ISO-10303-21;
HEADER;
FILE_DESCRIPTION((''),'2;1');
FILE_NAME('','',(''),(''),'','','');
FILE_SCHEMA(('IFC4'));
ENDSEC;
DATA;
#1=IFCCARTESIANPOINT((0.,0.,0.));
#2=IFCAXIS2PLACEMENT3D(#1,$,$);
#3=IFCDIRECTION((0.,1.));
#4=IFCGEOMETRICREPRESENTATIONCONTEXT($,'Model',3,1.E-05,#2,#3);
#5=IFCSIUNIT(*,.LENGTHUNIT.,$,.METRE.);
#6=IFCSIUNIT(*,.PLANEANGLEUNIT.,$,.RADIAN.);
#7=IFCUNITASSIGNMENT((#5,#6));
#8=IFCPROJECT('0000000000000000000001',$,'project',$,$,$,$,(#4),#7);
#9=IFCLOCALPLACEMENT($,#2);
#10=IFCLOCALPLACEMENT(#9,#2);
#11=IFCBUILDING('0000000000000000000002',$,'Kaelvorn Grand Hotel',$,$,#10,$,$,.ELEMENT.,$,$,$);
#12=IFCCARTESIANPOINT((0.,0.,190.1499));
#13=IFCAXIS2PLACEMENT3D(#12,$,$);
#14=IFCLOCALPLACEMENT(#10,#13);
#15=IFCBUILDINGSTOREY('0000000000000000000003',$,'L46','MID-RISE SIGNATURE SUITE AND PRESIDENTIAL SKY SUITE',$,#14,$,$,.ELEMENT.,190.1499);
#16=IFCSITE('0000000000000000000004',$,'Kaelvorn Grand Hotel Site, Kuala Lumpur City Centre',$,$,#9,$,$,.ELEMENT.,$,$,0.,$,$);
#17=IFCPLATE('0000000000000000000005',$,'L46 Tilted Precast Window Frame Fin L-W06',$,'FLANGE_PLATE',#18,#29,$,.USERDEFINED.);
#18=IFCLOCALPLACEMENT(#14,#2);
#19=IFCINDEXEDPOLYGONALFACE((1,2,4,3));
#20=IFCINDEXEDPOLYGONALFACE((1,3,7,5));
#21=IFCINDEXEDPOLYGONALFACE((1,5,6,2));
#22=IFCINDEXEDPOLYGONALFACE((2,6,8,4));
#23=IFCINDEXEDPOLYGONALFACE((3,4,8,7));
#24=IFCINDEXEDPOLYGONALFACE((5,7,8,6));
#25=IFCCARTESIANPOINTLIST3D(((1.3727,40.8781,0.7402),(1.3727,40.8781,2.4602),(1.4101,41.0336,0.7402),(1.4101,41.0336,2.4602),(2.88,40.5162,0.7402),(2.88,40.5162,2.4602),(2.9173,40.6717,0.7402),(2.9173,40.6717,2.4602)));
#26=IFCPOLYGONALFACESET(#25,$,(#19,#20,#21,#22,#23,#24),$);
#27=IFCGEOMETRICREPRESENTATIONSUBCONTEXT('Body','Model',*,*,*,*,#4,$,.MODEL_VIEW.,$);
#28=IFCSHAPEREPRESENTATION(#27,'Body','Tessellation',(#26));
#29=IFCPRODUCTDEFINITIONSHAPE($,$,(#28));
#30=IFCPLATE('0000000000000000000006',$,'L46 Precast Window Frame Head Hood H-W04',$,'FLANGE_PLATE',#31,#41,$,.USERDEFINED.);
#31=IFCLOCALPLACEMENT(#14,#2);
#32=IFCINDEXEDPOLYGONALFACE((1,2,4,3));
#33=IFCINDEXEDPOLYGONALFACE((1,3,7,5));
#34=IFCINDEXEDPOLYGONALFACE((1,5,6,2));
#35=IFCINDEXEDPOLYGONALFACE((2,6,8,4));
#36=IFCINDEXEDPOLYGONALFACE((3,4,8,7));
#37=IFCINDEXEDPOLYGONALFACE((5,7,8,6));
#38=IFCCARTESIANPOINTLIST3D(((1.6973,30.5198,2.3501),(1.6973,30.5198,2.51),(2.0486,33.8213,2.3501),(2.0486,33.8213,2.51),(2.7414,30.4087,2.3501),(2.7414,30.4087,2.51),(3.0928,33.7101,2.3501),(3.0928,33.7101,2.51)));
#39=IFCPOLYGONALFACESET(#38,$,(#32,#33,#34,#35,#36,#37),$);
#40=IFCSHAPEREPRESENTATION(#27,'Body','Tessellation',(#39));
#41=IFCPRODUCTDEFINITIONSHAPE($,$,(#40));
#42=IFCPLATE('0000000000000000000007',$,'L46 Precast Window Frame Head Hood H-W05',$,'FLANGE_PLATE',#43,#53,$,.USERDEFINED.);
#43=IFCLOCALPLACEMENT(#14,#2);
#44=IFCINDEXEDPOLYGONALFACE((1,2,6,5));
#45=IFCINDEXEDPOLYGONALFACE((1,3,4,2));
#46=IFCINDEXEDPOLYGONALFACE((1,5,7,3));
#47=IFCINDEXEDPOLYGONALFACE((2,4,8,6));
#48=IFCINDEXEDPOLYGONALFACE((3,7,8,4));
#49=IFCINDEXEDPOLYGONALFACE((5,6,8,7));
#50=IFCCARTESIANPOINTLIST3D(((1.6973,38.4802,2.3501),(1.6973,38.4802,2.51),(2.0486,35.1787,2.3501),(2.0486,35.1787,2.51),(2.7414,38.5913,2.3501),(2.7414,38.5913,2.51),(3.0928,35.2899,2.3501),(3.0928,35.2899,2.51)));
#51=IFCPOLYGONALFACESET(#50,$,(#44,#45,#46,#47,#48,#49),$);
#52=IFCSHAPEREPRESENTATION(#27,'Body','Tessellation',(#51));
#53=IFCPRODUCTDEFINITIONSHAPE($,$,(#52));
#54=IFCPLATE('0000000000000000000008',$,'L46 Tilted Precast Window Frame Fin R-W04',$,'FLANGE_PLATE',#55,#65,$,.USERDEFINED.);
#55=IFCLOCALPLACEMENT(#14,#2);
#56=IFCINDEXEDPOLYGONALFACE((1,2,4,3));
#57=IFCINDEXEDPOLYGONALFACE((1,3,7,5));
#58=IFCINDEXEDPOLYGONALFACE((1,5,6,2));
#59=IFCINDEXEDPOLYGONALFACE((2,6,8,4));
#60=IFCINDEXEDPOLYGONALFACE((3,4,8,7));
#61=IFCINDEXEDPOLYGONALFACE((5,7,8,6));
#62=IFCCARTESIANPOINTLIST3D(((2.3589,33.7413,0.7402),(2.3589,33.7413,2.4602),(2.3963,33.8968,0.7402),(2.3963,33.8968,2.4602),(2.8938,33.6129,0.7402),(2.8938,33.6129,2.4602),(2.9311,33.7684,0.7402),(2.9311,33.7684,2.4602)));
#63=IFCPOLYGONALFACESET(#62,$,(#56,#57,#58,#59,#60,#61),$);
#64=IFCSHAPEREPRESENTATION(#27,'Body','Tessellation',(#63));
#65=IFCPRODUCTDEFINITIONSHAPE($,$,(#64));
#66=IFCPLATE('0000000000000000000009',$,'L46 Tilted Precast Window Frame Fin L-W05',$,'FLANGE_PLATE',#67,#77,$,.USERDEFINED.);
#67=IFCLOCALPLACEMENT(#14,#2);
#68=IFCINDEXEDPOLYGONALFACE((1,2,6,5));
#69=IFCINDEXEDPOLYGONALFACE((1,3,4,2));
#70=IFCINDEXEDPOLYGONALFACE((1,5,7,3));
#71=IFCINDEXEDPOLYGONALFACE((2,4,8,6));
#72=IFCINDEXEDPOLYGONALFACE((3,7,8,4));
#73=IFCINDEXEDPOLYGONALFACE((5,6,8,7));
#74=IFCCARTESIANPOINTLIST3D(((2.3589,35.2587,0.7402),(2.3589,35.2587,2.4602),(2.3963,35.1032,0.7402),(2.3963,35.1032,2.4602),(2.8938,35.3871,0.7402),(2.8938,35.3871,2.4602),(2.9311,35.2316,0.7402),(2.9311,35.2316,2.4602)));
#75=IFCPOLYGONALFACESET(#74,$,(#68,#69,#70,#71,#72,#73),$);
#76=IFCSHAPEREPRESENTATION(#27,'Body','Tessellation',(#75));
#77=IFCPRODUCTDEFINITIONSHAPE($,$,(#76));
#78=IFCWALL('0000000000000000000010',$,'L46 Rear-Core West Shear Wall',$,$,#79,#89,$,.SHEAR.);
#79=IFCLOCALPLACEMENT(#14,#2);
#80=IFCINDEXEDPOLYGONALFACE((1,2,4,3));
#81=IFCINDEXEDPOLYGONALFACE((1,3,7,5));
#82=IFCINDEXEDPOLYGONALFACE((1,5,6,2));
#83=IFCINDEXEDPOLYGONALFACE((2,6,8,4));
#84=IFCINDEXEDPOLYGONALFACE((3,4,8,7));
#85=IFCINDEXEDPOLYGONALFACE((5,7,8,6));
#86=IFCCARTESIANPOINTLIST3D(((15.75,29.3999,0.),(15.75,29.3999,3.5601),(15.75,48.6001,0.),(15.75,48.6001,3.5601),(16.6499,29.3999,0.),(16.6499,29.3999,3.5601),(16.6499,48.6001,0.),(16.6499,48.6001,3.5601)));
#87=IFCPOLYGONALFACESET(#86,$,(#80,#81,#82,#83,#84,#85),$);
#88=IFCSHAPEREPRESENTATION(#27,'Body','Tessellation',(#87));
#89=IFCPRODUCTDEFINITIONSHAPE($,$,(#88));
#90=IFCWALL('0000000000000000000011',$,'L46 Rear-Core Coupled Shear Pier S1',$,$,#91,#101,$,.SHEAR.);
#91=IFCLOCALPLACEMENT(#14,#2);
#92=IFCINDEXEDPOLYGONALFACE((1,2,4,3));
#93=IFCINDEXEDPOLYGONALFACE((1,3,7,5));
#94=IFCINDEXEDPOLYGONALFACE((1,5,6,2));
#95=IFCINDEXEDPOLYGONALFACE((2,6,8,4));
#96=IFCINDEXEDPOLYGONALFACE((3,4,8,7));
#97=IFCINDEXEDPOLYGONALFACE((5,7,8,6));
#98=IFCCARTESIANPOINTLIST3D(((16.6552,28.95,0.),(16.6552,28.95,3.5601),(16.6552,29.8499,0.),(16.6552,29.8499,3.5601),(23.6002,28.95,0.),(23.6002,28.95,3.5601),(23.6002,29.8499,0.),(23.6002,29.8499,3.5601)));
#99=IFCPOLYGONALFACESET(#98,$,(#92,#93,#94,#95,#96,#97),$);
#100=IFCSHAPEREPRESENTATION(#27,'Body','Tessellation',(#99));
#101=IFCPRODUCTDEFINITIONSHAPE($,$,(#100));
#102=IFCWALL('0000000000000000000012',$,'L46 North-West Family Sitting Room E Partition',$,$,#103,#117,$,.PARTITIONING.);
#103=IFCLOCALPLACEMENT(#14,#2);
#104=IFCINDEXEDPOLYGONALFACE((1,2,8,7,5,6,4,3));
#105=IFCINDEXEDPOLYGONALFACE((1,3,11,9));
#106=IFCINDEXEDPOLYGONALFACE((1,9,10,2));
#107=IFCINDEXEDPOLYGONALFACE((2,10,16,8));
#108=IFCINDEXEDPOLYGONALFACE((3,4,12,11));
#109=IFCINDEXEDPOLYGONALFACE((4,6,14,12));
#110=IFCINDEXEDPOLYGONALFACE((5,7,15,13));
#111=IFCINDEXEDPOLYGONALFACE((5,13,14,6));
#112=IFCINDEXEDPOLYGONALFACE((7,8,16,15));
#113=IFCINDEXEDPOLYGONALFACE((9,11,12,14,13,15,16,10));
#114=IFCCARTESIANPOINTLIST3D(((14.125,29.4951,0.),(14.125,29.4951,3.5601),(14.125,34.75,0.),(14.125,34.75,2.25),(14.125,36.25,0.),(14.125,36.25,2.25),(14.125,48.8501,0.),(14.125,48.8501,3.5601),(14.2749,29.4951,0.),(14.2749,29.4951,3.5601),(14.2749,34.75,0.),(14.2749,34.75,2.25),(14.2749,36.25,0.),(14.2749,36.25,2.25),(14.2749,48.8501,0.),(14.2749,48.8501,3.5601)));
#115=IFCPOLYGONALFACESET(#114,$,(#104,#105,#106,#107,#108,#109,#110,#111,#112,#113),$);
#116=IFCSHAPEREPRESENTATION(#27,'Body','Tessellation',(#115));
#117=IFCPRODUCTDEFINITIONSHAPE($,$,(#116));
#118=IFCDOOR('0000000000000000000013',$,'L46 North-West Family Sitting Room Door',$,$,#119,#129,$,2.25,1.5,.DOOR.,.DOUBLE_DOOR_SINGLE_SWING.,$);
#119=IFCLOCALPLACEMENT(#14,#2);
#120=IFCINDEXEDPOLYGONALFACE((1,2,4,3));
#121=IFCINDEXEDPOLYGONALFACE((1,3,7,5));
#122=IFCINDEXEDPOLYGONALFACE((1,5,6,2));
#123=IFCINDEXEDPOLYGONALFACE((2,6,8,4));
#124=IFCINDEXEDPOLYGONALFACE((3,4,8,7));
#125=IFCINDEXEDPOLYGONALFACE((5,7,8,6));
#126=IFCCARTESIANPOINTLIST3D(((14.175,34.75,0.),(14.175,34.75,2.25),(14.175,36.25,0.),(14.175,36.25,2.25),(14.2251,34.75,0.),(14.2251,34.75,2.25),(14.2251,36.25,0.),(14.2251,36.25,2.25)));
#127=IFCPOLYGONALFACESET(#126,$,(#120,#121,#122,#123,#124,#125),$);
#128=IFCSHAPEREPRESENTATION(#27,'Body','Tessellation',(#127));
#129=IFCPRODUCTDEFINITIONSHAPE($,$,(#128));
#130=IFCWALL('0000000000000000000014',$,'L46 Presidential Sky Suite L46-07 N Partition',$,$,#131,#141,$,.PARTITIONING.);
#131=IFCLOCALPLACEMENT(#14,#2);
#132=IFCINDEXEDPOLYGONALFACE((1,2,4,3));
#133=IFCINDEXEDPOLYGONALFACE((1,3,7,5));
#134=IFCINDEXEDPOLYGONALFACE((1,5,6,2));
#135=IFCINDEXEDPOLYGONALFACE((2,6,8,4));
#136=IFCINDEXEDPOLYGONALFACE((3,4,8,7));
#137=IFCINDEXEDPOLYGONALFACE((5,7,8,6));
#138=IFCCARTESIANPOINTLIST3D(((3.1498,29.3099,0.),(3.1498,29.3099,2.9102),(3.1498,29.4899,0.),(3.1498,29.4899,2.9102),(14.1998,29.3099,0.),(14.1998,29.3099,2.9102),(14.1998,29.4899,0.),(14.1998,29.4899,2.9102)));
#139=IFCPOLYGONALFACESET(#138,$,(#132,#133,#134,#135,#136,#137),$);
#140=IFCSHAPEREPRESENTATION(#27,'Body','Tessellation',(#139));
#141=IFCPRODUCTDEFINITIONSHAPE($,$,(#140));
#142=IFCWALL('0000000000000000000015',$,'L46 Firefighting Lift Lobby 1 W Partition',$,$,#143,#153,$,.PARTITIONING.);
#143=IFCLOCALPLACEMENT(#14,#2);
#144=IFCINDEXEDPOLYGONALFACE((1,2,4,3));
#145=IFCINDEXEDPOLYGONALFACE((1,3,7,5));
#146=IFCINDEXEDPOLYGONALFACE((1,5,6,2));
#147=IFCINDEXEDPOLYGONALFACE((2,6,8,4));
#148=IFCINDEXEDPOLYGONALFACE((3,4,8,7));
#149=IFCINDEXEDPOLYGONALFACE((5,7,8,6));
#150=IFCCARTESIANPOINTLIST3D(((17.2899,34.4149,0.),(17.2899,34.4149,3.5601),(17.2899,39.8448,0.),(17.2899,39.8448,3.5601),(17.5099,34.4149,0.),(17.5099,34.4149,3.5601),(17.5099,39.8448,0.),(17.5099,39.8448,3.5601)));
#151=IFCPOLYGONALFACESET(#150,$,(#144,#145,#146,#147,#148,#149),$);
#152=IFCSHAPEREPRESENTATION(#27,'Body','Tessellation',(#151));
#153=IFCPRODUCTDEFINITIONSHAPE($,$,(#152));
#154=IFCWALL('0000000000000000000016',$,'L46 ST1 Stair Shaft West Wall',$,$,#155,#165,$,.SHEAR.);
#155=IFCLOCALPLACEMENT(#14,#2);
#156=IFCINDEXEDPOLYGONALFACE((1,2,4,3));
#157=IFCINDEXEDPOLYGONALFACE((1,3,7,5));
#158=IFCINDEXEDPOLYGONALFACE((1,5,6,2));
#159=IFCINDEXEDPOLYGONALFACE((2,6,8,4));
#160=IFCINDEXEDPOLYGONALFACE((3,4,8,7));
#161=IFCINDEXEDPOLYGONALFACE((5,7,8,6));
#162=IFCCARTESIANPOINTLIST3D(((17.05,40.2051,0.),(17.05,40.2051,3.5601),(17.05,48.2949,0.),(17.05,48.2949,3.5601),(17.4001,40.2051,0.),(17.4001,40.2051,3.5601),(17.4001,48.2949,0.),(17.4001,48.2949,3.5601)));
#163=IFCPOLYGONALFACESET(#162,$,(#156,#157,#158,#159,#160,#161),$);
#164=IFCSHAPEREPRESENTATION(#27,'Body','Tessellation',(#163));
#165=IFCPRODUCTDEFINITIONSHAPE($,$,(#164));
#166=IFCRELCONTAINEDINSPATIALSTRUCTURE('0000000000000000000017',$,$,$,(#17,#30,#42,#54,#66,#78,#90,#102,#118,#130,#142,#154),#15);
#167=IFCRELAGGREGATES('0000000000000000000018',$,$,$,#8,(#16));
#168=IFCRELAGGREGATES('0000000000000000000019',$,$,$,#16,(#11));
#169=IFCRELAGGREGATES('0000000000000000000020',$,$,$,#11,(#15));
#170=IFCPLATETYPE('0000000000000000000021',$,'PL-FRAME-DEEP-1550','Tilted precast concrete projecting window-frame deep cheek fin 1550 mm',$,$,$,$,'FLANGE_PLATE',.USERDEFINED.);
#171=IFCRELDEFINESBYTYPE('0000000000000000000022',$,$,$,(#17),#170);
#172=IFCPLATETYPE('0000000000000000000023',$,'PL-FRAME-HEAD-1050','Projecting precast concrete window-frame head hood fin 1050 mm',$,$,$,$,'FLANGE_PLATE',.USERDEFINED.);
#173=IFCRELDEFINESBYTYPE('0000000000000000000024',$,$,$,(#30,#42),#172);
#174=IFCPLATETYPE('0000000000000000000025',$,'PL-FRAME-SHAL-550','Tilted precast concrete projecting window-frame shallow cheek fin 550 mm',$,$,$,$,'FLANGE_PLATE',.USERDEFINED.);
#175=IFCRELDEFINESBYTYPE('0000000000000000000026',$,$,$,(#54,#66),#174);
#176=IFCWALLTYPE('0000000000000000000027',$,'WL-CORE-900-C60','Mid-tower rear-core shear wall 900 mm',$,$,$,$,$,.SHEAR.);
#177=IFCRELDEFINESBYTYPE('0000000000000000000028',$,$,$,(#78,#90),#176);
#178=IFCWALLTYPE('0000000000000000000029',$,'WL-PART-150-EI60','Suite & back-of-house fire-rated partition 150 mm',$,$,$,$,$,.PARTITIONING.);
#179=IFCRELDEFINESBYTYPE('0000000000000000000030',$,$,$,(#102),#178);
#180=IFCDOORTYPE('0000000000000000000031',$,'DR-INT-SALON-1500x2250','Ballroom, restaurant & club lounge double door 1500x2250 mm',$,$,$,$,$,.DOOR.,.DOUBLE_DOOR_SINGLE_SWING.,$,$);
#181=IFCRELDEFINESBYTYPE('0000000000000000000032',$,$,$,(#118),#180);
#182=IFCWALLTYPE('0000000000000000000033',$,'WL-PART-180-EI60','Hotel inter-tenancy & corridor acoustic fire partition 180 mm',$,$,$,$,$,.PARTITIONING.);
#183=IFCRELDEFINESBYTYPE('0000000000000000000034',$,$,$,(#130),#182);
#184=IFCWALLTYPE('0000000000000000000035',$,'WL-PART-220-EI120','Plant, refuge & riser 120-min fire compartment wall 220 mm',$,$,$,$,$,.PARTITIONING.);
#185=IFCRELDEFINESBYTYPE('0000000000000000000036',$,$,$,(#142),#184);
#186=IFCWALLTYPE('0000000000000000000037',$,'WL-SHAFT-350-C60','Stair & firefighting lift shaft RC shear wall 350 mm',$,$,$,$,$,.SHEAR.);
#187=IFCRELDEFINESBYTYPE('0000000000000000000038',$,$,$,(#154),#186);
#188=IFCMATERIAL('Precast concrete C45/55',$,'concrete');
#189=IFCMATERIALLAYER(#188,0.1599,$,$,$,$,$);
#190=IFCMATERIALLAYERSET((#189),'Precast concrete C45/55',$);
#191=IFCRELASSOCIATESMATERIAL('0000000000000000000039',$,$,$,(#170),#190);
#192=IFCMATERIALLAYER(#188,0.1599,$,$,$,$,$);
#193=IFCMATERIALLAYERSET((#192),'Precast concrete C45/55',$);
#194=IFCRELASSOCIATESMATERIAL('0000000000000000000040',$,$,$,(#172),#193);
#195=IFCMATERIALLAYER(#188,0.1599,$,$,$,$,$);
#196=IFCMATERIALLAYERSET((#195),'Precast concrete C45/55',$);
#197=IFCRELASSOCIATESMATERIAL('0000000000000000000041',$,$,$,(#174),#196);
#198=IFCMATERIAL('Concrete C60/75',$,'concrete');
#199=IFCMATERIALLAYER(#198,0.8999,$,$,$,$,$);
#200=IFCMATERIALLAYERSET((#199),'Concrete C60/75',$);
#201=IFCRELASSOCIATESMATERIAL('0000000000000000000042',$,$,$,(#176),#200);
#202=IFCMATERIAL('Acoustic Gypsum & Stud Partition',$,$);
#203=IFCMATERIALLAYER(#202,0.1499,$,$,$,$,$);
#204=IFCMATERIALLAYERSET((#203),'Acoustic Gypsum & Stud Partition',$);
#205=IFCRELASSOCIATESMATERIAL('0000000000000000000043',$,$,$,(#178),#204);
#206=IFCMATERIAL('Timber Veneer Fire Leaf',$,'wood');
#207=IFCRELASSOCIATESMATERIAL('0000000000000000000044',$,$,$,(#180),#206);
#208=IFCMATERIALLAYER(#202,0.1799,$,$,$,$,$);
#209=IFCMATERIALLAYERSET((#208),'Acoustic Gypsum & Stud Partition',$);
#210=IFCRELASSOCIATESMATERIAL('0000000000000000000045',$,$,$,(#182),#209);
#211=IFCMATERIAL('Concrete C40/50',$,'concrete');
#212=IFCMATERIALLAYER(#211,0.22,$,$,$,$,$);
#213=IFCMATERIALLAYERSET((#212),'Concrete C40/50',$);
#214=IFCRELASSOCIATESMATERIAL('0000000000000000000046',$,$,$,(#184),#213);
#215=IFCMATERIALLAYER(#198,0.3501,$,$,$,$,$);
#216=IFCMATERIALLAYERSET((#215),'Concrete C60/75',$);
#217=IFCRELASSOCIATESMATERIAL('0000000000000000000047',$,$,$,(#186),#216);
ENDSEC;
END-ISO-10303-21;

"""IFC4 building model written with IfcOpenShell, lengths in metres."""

from ifc_helpers import new_model, si_unit, direction, frame, frame_2d, origin, origin_2d, place, context, subcontext, project, spatial, rectangle, extrude, material, layer, layer_set, type_object, element, fill, save


model = new_model("IFC4")

# Units and contexts
model_context = context("Model", 3, precision=1e-05, world=origin(), true_north=direction((0.0, 1.0)))
body_context = subcontext(model_context, "Body", "Model", "MODEL_VIEW")
ifc_project = project(units=[si_unit("LENGTHUNIT", "METRE"), si_unit("PLANEANGLEUNIT", "RADIAN")], contexts=[model_context])

# Site, building, storey
site_placement = place(None, origin())
site = spatial("IfcSite", under=ifc_project, at=site_placement, Name="Kaelvorn Grand Hotel Site, Kuala Lumpur City Centre", CompositionType="ELEMENT", RefElevation=0.0)
building_placement = place(site_placement, origin())
building = spatial("IfcBuilding", under=site, at=building_placement, Name="Kaelvorn Grand Hotel", CompositionType="ELEMENT")
storey_placement = place(building_placement, frame((0.0, 0.0, 190.1499)))
storey = spatial("IfcBuildingStorey", under=building, at=storey_placement, Name="L46", Description="MID-RISE SIGNATURE SUITE AND PRESIDENTIAL SKY SUITE", CompositionType="ELEMENT", Elevation=190.1499)

# Shared definitions
ifc_material_1 = material(Name="Concrete C60/75", Category="concrete")

# Plates
ifc_material_2 = material(Name="Precast concrete C45/55", Category="concrete")
ifc_layer_1 = layer(ifc_material_2, 0.1599)
ifc_layer_set_1 = layer_set([ifc_layer_1], Name="Precast concrete C45/55")
plate_type_1 = type_object("IfcPlateType", Name="PL-FRAME-DEEP-1550", Description="Tilted precast concrete projecting window-frame deep cheek fin 1550 mm", ElementType="FLANGE_PLATE", PredefinedType="USERDEFINED", material=ifc_layer_set_1)
for number, where, z_axis, x_axis, name in (
    (1, (2.145, 40.7749, 0.7402), (0.0, 0.0, 1.0), (0.233445, 0.97237, 0.0), "L46 Tilted Precast Window Frame Fin L-W06"),
):
    element("IfcPlate", number, at=place(storey_placement, frame(where, z_axis=z_axis, x_axis=x_axis)), inside=storey, type_object=plate_type_1, Name=name, ObjectType="FLANGE_PLATE", PredefinedType="USERDEFINED", context=body_context, shape_type="SweptSolid", body=[
        extrude(rectangle(XDim=0.1599, YDim=1.55, at=origin_2d()), origin(), (0.0, 0.0, 1.0), 1.72),
    ])
ifc_layer_2 = layer(ifc_material_2, 0.1599)
ifc_layer_set_2 = layer_set([ifc_layer_2], Name="Precast concrete C45/55")
plate_type_2 = type_object("IfcPlateType", Name="PL-FRAME-HEAD-1050", Description="Projecting precast concrete window-frame head hood fin 1050 mm", ElementType="FLANGE_PLATE", PredefinedType="USERDEFINED", material=ifc_layer_set_2)
for number, where, z_axis, x_axis, name in (
    (2, (2.395, 32.115, 2.3501), (0.0, 0.0, 1.0), (0.10583, 0.994384, 0.0), "L46 Precast Window Frame Head Hood H-W04"),
    (3, (2.395, 36.885, 2.3501), (0.0, 0.0, 1.0), (-0.10583, 0.994384, 0.0), "L46 Precast Window Frame Head Hood H-W05"),
):
    element("IfcPlate", number, at=place(storey_placement, frame(where, z_axis=z_axis, x_axis=x_axis)), inside=storey, type_object=plate_type_2, Name=name, ObjectType="FLANGE_PLATE", PredefinedType="USERDEFINED", context=body_context, shape_type="SweptSolid", body=[
        extrude(rectangle(XDim=3.3201, YDim=1.05, at=origin_2d()), origin(), (0.0, 0.0, 1.0), 0.1599),
    ])
ifc_layer_3 = layer(ifc_material_2, 0.1599)
ifc_layer_set_3 = layer_set([ifc_layer_3], Name="Precast concrete C45/55")
plate_type_3 = type_object("IfcPlateType", Name="PL-FRAME-SHAL-550", Description="Tilted precast concrete projecting window-frame shallow cheek fin 550 mm", ElementType="FLANGE_PLATE", PredefinedType="USERDEFINED", material=ifc_layer_set_3)
for number, where, z_axis, x_axis, name in (
    (4, (2.645, 33.7549, 0.7402), (0.0, 0.0, 1.0), (0.233445, 0.97237, 0.0), "L46 Tilted Precast Window Frame Fin R-W04"),
    (5, (2.645, 35.2451, 0.7402), (0.0, 0.0, 1.0), (-0.233445, 0.97237, 0.0), "L46 Tilted Precast Window Frame Fin L-W05"),
):
    element("IfcPlate", number, at=place(storey_placement, frame(where, z_axis=z_axis, x_axis=x_axis)), inside=storey, type_object=plate_type_3, Name=name, ObjectType="FLANGE_PLATE", PredefinedType="USERDEFINED", context=body_context, shape_type="SweptSolid", body=[
        extrude(rectangle(XDim=0.1599, YDim=0.55, at=origin_2d()), origin(), (0.0, 0.0, 1.0), 1.72),
    ])

# Walls
ifc_layer_4 = layer(ifc_material_1, 0.8999)
ifc_layer_set_4 = layer_set([ifc_layer_4], Name="Concrete C60/75")
wall_type_1 = type_object("IfcWallType", Name="WL-CORE-900-C60", Description="Mid-tower rear-core shear wall 900 mm", PredefinedType="SHEAR", material=ifc_layer_set_4)
wall_1_placement = place(storey_placement, frame((16.2, 29.3999, 0.0), z_axis=(0.0, 0.0, 1.0), x_axis=(0.0, 1.0, 0.0)))
element("IfcWall", 6, at=wall_1_placement, inside=storey, type_object=wall_type_1, Name="L46 Rear-Core West Shear Wall", PredefinedType="SHEAR", context=body_context, shape_type="SweptSolid", body=[
    extrude(rectangle(XDim=19.2002, YDim=0.8999, at=frame_2d((9.6001, 0.0))), origin(), (0.0, 0.0, 1.0), 3.5601),
])
wall_2_placement = place(storey_placement, frame((16.655, 29.3999, 0.0), z_axis=(0.0, 0.0, 1.0), x_axis=(1.0, 0.0, 0.0)))
element("IfcWall", 7, at=wall_2_placement, inside=storey, type_object=wall_type_1, Name="L46 Rear-Core Coupled Shear Pier S1", PredefinedType="SHEAR", context=body_context, shape_type="SweptSolid", body=[
    extrude(rectangle(XDim=6.9451, YDim=0.8999, at=frame_2d((3.4727, 0.0))), origin(), (0.0, 0.0, 1.0), 3.5601),
])

# Wall, opening, door
ifc_material_3 = material(Name="Acoustic Gypsum & Stud Partition")
ifc_layer_5 = layer(ifc_material_3, 0.1499)
ifc_layer_set_5 = layer_set([ifc_layer_5], Name="Acoustic Gypsum & Stud Partition")
wall_type_2 = type_object("IfcWallType", Name="WL-PART-150-EI60", Description="Suite & back-of-house fire-rated partition 150 mm", PredefinedType="PARTITIONING", material=ifc_layer_set_5)
wall_3_placement = place(storey_placement, frame((14.2, 29.4951, 0.0), z_axis=(0.0, 0.0, 1.0), x_axis=(0.0, 1.0, 0.0)))
wall_3 = element("IfcWall", 8, at=wall_3_placement, inside=storey, type_object=wall_type_2, Name="L46 North-West Family Sitting Room E Partition", PredefinedType="PARTITIONING", context=body_context, shape_type="SweptSolid", body=[
    extrude(rectangle(XDim=19.355, YDim=0.1499, at=frame_2d((9.6775, 0.0))), origin(), (0.0, 0.0, 1.0), 3.5601),
])
opening_1_placement = place(wall_3_placement, frame((5.2549, 0.0, 0.0)))
opening_1 = element("IfcOpeningElement", 9, at=opening_1_placement, cuts=wall_3, PredefinedType="OPENING", context=body_context, shape_type="SweptSolid", body=[
    extrude(rectangle(XDim=1.5, YDim=2.25, at=frame_2d((0.75, 1.125))), frame((0.0, 0.085, 0.0), z_axis=(0.0, -1.0, 0.0), x_axis=(1.0, 0.0, 0.0)), (0.0, 0.0, 1.0), 0.1699),
])
ifc_material_4 = material(Name="Timber Veneer Fire Leaf", Category="wood")
door_type_1 = type_object("IfcDoorType", Name="DR-INT-SALON-1500x2250", Description="Ballroom, restaurant & club lounge double door 1500x2250 mm", OperationType="DOUBLE_DOOR_SINGLE_SWING", PredefinedType="DOOR", material=ifc_material_4)
door_1_placement = place(opening_1_placement, origin())
door_1 = element("IfcDoor", 10, at=door_1_placement, inside=storey, type_object=door_type_1, Name="L46 North-West Family Sitting Room Door", OperationType="DOUBLE_DOOR_SINGLE_SWING", OverallHeight=2.25, OverallWidth=1.5, PredefinedType="DOOR", context=body_context, shape_type="SweptSolid", body=[
    extrude(rectangle(XDim=1.5, YDim=2.25, at=frame_2d((0.75, 1.125))), frame((0.0, 0.0249, 0.0), z_axis=(0.0, -1.0, 0.0), x_axis=(1.0, 0.0, 0.0)), (0.0, 0.0, 1.0), 0.05),
])
fill(opening_1, door_1)

# Wall
ifc_layer_6 = layer(ifc_material_3, 0.1799)
ifc_layer_set_6 = layer_set([ifc_layer_6], Name="Acoustic Gypsum & Stud Partition")
wall_type_3 = type_object("IfcWallType", Name="WL-PART-180-EI60", Description="Hotel inter-tenancy & corridor acoustic fire partition 180 mm", PredefinedType="PARTITIONING", material=ifc_layer_set_6)
wall_4_placement = place(storey_placement, frame((3.1499, 29.3999, 0.0), z_axis=(0.0, 0.0, 1.0), x_axis=(1.0, 0.0, 0.0)))
element("IfcWall", 11, at=wall_4_placement, inside=storey, type_object=wall_type_3, Name="L46 Presidential Sky Suite L46-07 N Partition", PredefinedType="PARTITIONING", context=body_context, shape_type="SweptSolid", body=[
    extrude(rectangle(XDim=11.05, YDim=0.1799, at=frame_2d((5.5249, 0.0))), origin(), (0.0, 0.0, 1.0), 2.9102),
])

# Shared definitions
ifc_material_5 = material(Name="Concrete C40/50", Category="concrete")
ifc_layer_7 = layer(ifc_material_5, 0.22)
ifc_layer_set_7 = layer_set([ifc_layer_7], Name="Concrete C40/50")
wall_type_4 = type_object("IfcWallType", Name="WL-PART-220-EI120", Description="Plant, refuge & riser 120-min fire compartment wall 220 mm", PredefinedType="PARTITIONING", material=ifc_layer_set_7)

# Wall
wall_5_placement = place(storey_placement, frame((17.3999, 34.415, 0.0), z_axis=(0.0, 0.0, 1.0), x_axis=(0.0, 1.0, 0.0)))
element("IfcWall", 12, at=wall_5_placement, inside=storey, type_object=wall_type_4, Name="L46 Firefighting Lift Lobby 1 W Partition", PredefinedType="PARTITIONING", context=body_context, shape_type="SweptSolid", body=[
    extrude(rectangle(XDim=5.4299, YDim=0.22, at=frame_2d((2.7148, 0.0))), origin(), (0.0, 0.0, 1.0), 3.5601),
])

# Shared definitions
ifc_layer_8 = layer(ifc_material_1, 0.3501)
ifc_layer_set_8 = layer_set([ifc_layer_8], Name="Concrete C60/75")
wall_type_5 = type_object("IfcWallType", Name="WL-SHAFT-350-C60", Description="Stair & firefighting lift shaft RC shear wall 350 mm", PredefinedType="SHEAR", material=ifc_layer_set_8)

# Wall
wall_6_placement = place(storey_placement, frame((17.2251, 40.2051, 0.0), z_axis=(0.0, 0.0, 1.0), x_axis=(0.0, 1.0, 0.0)))
element("IfcWall", 13, at=wall_6_placement, inside=storey, type_object=wall_type_5, Name="L46 ST1 Stair Shaft West Wall", PredefinedType="SHEAR", context=body_context, shape_type="SweptSolid", body=[
    extrude(rectangle(XDim=8.0898, YDim=0.3501, at=frame_2d((4.0449, 0.0))), origin(), (0.0, 0.0, 1.0), 3.5601),
])

save(model, "model.ifc")
